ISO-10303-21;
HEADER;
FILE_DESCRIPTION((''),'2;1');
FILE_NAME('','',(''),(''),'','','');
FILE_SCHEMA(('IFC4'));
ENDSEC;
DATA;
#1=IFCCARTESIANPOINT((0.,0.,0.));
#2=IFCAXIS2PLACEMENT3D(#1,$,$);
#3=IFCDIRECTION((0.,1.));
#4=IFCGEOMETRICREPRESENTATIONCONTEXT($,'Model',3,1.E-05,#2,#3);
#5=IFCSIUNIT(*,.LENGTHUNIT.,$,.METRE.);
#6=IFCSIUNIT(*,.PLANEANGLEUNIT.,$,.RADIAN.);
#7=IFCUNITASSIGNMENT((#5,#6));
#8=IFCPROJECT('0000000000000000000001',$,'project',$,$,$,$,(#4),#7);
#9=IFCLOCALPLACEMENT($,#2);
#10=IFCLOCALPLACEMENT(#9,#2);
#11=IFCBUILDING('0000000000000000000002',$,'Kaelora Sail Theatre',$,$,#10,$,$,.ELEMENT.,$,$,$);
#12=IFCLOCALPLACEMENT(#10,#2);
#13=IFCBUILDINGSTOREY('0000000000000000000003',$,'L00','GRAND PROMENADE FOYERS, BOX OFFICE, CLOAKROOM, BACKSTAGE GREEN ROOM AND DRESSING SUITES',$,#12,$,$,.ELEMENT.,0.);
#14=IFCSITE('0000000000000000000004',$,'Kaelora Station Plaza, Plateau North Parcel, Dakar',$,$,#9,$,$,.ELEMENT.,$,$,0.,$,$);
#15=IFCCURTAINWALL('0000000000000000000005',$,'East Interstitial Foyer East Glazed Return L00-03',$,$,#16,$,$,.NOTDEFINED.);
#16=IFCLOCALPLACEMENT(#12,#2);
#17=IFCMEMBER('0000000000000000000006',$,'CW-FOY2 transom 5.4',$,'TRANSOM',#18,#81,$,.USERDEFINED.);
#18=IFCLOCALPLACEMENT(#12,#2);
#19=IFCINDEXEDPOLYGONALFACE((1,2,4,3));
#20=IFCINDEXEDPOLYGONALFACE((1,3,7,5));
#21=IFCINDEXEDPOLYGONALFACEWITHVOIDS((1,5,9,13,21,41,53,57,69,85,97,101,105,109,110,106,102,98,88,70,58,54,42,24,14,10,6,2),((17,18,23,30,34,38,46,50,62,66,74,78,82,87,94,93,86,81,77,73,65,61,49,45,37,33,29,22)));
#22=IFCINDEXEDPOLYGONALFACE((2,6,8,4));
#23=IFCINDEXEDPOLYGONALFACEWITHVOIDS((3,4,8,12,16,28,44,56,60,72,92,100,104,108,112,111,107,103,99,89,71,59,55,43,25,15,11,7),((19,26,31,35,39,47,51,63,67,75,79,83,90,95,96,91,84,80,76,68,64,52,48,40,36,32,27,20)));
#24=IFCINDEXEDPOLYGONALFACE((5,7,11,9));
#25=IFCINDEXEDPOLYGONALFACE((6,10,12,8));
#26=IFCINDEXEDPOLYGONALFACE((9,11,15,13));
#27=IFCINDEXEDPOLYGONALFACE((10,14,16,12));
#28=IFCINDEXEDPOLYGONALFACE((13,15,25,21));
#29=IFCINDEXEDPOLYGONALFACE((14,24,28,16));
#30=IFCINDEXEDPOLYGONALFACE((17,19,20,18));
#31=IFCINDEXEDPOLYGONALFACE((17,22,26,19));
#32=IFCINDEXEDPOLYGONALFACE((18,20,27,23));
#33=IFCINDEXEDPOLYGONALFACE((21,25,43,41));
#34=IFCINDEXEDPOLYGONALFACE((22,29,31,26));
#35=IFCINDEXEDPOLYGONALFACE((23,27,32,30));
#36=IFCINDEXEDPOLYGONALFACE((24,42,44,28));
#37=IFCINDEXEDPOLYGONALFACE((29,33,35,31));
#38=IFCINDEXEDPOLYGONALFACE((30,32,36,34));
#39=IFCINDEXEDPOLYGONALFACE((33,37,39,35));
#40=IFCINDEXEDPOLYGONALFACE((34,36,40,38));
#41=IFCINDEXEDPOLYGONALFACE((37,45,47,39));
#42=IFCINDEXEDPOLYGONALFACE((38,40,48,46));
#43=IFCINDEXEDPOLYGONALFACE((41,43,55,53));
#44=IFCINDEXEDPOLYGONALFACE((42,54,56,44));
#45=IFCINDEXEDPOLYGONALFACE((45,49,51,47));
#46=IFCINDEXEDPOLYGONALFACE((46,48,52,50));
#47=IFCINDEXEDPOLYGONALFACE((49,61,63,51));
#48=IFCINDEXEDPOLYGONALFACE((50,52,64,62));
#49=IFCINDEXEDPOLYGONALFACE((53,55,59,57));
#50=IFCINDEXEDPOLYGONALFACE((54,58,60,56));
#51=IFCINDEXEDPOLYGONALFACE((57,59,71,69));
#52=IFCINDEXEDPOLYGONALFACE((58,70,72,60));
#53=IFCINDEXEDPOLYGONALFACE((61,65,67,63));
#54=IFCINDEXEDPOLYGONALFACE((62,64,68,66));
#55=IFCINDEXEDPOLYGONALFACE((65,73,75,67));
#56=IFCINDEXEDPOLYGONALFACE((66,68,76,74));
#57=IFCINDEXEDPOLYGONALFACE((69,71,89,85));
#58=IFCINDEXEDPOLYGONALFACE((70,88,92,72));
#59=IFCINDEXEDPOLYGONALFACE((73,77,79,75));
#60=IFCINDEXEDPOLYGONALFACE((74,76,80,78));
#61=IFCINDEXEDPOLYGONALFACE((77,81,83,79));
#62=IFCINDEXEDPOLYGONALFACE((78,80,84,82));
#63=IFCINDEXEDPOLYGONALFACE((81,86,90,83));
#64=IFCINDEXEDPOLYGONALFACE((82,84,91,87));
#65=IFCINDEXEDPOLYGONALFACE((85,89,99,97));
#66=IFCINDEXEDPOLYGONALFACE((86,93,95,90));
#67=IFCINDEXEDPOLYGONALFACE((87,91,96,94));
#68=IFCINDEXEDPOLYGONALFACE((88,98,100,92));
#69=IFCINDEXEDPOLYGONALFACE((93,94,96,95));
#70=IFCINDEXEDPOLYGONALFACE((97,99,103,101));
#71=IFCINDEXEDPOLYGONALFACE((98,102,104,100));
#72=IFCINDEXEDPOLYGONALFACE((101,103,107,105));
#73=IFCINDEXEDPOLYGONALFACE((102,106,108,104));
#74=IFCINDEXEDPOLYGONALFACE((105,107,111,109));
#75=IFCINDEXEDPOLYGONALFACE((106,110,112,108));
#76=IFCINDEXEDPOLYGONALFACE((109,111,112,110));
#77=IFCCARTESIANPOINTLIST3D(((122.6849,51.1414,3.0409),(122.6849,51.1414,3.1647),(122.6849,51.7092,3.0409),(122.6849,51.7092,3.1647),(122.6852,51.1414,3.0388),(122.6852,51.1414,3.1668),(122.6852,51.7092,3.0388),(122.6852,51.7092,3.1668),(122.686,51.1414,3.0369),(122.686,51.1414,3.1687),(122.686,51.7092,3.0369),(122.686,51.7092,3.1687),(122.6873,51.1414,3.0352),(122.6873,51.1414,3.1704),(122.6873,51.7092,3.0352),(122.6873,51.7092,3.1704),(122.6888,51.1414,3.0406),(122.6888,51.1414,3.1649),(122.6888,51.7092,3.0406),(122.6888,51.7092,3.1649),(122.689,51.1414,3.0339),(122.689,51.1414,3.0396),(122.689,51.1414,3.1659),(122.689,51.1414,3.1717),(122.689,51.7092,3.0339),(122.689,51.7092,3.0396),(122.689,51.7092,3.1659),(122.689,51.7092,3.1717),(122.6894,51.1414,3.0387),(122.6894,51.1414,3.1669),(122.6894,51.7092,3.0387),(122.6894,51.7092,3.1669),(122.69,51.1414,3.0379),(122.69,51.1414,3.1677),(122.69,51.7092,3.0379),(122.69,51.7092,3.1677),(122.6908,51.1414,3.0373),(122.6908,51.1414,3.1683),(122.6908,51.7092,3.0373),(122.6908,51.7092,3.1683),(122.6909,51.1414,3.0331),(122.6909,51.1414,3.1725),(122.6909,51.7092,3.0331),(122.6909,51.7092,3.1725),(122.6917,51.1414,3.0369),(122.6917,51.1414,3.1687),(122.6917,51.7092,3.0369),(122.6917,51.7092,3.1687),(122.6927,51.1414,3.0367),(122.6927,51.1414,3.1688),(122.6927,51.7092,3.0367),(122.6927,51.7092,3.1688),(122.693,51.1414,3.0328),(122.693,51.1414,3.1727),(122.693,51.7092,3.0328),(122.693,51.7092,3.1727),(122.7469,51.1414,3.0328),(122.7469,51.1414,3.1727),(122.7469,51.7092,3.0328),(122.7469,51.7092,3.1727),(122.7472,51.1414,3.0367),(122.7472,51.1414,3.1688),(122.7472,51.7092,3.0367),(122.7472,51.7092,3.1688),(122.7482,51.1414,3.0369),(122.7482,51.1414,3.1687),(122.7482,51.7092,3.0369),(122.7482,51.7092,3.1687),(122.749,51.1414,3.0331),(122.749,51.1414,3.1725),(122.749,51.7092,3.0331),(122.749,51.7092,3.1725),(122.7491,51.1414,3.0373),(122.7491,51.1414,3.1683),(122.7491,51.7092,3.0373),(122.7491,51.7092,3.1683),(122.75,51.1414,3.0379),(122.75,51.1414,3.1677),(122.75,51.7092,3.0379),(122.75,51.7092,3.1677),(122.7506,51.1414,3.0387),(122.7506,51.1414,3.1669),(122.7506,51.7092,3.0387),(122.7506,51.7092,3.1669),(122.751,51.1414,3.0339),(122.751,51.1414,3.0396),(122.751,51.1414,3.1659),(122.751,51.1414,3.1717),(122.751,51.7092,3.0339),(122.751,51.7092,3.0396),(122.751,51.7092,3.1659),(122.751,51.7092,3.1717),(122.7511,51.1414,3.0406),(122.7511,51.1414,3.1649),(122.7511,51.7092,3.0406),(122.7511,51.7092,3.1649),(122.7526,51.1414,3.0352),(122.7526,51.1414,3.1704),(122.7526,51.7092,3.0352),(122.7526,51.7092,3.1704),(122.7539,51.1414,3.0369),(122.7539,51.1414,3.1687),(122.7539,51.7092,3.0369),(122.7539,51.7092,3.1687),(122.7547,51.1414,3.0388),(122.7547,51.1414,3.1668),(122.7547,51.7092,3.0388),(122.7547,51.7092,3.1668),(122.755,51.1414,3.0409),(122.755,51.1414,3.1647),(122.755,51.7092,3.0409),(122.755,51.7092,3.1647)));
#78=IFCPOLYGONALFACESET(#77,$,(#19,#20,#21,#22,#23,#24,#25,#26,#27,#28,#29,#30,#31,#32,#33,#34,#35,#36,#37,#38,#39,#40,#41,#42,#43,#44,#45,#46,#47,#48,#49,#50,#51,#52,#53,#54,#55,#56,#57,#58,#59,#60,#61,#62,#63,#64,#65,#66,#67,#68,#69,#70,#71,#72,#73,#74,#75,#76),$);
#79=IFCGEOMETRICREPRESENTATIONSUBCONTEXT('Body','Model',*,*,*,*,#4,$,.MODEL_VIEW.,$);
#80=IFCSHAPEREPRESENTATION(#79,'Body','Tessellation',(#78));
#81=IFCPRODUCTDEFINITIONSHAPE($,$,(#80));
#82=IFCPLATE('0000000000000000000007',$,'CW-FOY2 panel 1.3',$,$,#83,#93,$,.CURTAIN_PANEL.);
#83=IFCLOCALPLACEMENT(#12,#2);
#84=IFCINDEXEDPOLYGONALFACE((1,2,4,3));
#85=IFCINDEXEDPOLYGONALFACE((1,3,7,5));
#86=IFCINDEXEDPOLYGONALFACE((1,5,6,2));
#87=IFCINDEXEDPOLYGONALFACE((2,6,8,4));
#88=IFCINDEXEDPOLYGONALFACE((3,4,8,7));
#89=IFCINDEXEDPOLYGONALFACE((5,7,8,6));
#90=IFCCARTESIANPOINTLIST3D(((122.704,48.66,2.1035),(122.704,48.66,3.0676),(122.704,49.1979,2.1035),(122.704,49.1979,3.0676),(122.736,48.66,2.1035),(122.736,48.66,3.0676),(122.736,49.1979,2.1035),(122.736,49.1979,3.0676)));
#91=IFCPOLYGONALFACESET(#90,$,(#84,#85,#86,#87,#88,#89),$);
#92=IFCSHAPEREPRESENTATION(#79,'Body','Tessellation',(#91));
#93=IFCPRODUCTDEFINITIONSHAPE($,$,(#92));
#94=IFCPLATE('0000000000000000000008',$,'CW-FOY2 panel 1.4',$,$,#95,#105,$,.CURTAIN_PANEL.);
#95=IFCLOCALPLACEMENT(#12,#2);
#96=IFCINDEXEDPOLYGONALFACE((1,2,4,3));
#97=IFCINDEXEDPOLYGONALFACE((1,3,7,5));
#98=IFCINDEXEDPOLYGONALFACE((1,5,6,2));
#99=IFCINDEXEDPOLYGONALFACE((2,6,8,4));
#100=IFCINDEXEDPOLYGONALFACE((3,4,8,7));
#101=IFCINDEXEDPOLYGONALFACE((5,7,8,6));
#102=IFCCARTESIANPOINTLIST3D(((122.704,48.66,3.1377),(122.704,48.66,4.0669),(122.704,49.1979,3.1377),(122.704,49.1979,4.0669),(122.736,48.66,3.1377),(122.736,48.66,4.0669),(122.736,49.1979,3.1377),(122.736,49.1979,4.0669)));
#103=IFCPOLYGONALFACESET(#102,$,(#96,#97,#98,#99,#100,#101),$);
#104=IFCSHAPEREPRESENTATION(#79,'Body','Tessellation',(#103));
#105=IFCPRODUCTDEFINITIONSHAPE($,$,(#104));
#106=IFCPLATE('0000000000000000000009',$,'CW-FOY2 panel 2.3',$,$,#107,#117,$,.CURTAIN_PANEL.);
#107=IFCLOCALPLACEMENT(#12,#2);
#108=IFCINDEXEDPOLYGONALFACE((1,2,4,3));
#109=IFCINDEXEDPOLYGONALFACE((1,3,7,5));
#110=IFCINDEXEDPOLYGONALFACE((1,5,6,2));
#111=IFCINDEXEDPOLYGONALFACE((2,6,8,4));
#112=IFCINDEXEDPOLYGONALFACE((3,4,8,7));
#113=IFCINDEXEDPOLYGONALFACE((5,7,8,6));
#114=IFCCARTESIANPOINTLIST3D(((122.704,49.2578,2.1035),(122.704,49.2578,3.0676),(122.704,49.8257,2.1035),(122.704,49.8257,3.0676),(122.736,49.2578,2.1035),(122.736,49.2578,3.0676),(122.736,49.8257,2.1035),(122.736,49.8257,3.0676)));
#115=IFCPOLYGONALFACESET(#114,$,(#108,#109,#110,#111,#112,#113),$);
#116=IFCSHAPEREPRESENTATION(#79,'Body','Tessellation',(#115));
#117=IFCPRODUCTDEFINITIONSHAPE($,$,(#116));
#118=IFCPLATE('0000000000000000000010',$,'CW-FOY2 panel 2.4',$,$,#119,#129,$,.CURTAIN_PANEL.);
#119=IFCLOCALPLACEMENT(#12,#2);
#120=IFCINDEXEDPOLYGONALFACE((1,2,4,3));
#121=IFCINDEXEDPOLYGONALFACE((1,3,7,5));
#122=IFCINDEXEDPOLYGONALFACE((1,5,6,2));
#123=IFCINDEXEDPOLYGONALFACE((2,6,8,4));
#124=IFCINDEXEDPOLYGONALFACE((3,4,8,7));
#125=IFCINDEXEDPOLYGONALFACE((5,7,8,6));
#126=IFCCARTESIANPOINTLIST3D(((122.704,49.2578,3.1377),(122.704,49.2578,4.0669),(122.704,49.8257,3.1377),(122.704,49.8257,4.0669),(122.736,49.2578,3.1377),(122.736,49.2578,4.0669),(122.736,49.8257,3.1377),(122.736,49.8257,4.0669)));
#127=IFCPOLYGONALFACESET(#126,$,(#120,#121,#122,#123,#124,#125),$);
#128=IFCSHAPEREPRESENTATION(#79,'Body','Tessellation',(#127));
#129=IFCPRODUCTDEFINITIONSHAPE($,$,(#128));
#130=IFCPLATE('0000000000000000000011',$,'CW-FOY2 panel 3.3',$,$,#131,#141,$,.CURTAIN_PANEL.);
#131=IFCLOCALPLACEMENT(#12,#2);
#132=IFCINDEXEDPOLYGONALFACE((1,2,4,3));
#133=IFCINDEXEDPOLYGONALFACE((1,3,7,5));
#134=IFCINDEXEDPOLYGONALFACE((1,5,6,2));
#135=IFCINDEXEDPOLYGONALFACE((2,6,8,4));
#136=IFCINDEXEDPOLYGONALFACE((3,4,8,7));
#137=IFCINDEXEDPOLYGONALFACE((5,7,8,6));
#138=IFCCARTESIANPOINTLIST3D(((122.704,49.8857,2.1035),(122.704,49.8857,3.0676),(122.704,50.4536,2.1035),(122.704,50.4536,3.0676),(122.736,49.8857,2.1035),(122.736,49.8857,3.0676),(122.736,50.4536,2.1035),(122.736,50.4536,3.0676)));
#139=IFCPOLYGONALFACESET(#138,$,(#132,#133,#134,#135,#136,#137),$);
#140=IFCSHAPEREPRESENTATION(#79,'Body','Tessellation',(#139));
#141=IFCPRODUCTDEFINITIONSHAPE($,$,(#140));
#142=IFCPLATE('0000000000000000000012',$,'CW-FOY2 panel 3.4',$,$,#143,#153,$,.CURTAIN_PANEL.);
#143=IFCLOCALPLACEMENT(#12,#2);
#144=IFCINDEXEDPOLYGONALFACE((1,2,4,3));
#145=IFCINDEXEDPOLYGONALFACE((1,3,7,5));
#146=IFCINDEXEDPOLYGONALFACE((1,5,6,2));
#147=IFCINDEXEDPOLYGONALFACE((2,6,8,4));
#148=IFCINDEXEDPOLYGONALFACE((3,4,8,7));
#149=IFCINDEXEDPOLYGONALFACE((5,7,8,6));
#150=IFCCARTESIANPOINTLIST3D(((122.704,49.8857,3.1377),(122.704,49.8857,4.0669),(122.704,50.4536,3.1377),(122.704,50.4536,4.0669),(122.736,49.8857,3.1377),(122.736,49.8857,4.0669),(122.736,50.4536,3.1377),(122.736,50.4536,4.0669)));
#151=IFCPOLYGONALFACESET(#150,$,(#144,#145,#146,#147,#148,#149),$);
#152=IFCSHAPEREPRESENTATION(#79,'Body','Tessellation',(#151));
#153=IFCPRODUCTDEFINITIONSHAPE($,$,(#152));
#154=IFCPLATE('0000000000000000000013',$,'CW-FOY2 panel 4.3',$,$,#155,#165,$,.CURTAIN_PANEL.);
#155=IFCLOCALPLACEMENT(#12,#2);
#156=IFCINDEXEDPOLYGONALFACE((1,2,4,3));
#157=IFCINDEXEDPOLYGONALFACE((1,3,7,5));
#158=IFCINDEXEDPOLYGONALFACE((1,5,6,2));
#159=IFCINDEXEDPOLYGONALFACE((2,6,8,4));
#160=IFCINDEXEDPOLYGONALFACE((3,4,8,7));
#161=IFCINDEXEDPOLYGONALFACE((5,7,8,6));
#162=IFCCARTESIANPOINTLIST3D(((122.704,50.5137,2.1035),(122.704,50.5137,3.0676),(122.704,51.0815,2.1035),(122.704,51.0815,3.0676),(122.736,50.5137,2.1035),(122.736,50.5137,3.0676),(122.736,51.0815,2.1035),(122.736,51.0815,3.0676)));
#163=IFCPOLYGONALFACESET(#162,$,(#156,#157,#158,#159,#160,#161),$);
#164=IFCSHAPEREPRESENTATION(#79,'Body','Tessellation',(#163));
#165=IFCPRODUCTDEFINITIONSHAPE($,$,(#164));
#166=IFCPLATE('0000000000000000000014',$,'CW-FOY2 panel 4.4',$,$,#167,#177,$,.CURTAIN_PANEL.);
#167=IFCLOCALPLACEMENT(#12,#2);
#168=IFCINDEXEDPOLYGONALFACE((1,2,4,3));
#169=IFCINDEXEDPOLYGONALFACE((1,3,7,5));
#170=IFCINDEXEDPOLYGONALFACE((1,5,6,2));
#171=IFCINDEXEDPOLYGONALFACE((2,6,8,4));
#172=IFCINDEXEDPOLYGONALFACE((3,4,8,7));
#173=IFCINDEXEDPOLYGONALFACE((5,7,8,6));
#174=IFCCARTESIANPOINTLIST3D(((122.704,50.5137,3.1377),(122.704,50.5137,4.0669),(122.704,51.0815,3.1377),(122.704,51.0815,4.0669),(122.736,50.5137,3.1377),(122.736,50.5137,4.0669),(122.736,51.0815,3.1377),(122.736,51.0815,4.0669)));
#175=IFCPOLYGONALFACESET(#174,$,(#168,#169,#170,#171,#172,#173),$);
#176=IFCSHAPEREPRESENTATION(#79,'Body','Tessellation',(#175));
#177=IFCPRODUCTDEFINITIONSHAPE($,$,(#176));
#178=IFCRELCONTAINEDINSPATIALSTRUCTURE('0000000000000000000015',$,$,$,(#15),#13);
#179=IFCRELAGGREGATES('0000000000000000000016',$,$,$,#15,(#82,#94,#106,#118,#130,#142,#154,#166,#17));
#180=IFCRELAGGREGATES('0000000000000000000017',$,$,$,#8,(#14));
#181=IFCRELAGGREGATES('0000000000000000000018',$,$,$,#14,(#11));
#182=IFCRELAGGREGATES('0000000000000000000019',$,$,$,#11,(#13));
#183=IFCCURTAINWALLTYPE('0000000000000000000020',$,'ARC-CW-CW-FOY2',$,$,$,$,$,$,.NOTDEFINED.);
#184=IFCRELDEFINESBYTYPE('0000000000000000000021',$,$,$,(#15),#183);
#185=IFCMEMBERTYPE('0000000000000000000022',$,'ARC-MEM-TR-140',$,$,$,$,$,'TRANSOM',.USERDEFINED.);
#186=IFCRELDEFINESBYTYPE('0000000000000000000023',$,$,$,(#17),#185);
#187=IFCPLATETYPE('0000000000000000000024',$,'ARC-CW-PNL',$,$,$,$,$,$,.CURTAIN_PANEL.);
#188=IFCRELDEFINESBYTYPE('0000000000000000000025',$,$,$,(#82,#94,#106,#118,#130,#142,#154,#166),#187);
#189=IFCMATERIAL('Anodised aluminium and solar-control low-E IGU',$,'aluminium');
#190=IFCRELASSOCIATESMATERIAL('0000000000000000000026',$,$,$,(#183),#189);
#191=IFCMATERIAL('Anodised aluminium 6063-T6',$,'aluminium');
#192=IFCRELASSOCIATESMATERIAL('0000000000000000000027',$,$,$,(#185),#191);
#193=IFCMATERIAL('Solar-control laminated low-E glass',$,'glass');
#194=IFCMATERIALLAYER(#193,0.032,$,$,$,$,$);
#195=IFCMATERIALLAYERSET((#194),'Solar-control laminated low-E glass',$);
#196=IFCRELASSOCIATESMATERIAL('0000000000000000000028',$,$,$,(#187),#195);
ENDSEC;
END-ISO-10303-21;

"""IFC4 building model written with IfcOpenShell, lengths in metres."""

from ifc_helpers import new_model, si_unit, direction, frame, origin, origin_2d, place, context, subcontext, project, spatial, rectangle, hollow_rectangle, extrude, material, layer, layer_set, material_profile, profile_set, type_object, element, aggregate, save


model = new_model("IFC4")

# Units and contexts
model_context = context("Model", 3, precision=1e-05, world=origin(), true_north=direction((0.0, 1.0)))
body_context = subcontext(model_context, "Body", "Model", "MODEL_VIEW")
ifc_project = project(units=[si_unit("LENGTHUNIT", "METRE"), si_unit("PLANEANGLEUNIT", "RADIAN")], contexts=[model_context])

# Site, building, storey
site_placement = place(None, origin())
site = spatial("IfcSite", under=ifc_project, at=site_placement, Name="Kaelora Station Plaza, Plateau North Parcel, Dakar", CompositionType="ELEMENT", RefElevation=0.0)
building_placement = place(site_placement, origin())
building = spatial("IfcBuilding", under=site, at=building_placement, Name="Kaelora Sail Theatre", CompositionType="ELEMENT")
storey_placement = place(building_placement, origin())
storey = spatial("IfcBuildingStorey", under=building, at=storey_placement, Name="L00", Description="GRAND PROMENADE FOYERS, BOX OFFICE, CLOAKROOM, BACKSTAGE GREEN ROOM AND DRESSING SUITES", CompositionType="ELEMENT", Elevation=0.0)

# Curtain wall, member, plates
ifc_material_1 = material(Name="Anodised aluminium and solar-control low-E IGU", Category="aluminium")
curtain_wall_type = type_object("IfcCurtainWallType", Name="ARC-CW-CW-FOY2", PredefinedType="NOTDEFINED", material=ifc_material_1)
curtain_wall_placement = place(storey_placement, origin())
curtain_wall = element("IfcCurtainWall", 1, at=curtain_wall_placement, inside=storey, type_object=curtain_wall_type, Name="East Interstitial Foyer East Glazed Return L00-03", PredefinedType="NOTDEFINED")
ifc_material_2 = material(Name="Anodised aluminium 6063-T6", Category="aluminium")
ifc_material_profile = material_profile(ifc_material_2, hollow_rectangle(XDim=0.0701, YDim=0.1399, WallThickness=0.0039, InnerFilletRadius=0.0039, OuterFilletRadius=0.0081, at=origin_2d()), Name="ALU-TRAN 70x140x4")
ifc_profile_set = profile_set([ifc_material_profile], Name="Anodised aluminium 6063-T6")
member_type = type_object("IfcMemberType", Name="ARC-MEM-TR-140", ElementType="TRANSOM", PredefinedType="USERDEFINED", material=ifc_profile_set)
member_1_placement = place(storey_placement, frame((122.72, 51.1414, 3.1028), z_axis=(0.0, 1.0, 0.0), x_axis=(-1.0, 0.0, 0.0)))
member_1 = element("IfcMember", 2, at=member_1_placement, type_object=member_type, Name="CW-FOY2 transom 5.4", ObjectType="TRANSOM", PredefinedType="USERDEFINED", context=body_context, shape_type="SweptSolid", body=[
    extrude(hollow_rectangle(XDim=0.0701, YDim=0.1399, WallThickness=0.0039, InnerFilletRadius=0.0039, OuterFilletRadius=0.0081, at=origin_2d()), origin(), (0.0, 0.0, 1.0), 0.5679),
])
ifc_material_3 = material(Name="Solar-control laminated low-E glass", Category="glass")
ifc_layer = layer(ifc_material_3, 0.032)
ifc_layer_set = layer_set([ifc_layer], Name="Solar-control laminated low-E glass")
plate_type = type_object("IfcPlateType", Name="ARC-CW-PNL", PredefinedType="CURTAIN_PANEL", material=ifc_layer_set)
plate_1_placement = place(storey_placement, frame((122.72, 48.929, 2.1035), z_axis=(0.0, 0.0, 1.0), x_axis=(0.0, 1.0, 0.0)))
plate_1 = element("IfcPlate", 3, at=plate_1_placement, type_object=plate_type, Name="CW-FOY2 panel 1.3", PredefinedType="CURTAIN_PANEL", context=body_context, shape_type="SweptSolid", body=[
    extrude(rectangle(XDim=0.5378, YDim=0.032, at=origin_2d()), origin(), (0.0, 0.0, 1.0), 0.9641),
])
plate_2_placement = place(storey_placement, frame((122.72, 48.929, 3.1377), z_axis=(0.0, 0.0, 1.0), x_axis=(0.0, 1.0, 0.0)))
plate_2 = element("IfcPlate", 4, at=plate_2_placement, type_object=plate_type, Name="CW-FOY2 panel 1.4", PredefinedType="CURTAIN_PANEL", context=body_context, shape_type="SweptSolid", body=[
    extrude(rectangle(XDim=0.5378, YDim=0.032, at=origin_2d()), origin(), (0.0, 0.0, 1.0), 0.9292),
])
plate_3_placement = place(storey_placement, frame((122.72, 49.5417, 2.1035), z_axis=(0.0, 0.0, 1.0), x_axis=(0.0, 1.0, 0.0)))
plate_3 = element("IfcPlate", 5, at=plate_3_placement, type_object=plate_type, Name="CW-FOY2 panel 2.3", PredefinedType="CURTAIN_PANEL", context=body_context, shape_type="SweptSolid", body=[
    extrude(rectangle(XDim=0.5679, YDim=0.032, at=origin_2d()), origin(), (0.0, 0.0, 1.0), 0.9641),
])
plate_4_placement = place(storey_placement, frame((122.72, 49.5417, 3.1377), z_axis=(0.0, 0.0, 1.0), x_axis=(0.0, 1.0, 0.0)))
plate_4 = element("IfcPlate", 6, at=plate_4_placement, type_object=plate_type, Name="CW-FOY2 panel 2.4", PredefinedType="CURTAIN_PANEL", context=body_context, shape_type="SweptSolid", body=[
    extrude(rectangle(XDim=0.5679, YDim=0.032, at=origin_2d()), origin(), (0.0, 0.0, 1.0), 0.9292),
])
plate_5_placement = place(storey_placement, frame((122.72, 50.1697, 2.1035), z_axis=(0.0, 0.0, 1.0), x_axis=(0.0, 1.0, 0.0)))
plate_5 = element("IfcPlate", 7, at=plate_5_placement, type_object=plate_type, Name="CW-FOY2 panel 3.3", PredefinedType="CURTAIN_PANEL", context=body_context, shape_type="SweptSolid", body=[
    extrude(rectangle(XDim=0.5679, YDim=0.032, at=origin_2d()), origin(), (0.0, 0.0, 1.0), 0.9641),
])
plate_6_placement = place(storey_placement, frame((122.72, 50.1697, 3.1377), z_axis=(0.0, 0.0, 1.0), x_axis=(0.0, 1.0, 0.0)))
plate_6 = element("IfcPlate", 8, at=plate_6_placement, type_object=plate_type, Name="CW-FOY2 panel 3.4", PredefinedType="CURTAIN_PANEL", context=body_context, shape_type="SweptSolid", body=[
    extrude(rectangle(XDim=0.5679, YDim=0.032, at=origin_2d()), origin(), (0.0, 0.0, 1.0), 0.9292),
])
plate_7_placement = place(storey_placement, frame((122.72, 50.7976, 2.1035), z_axis=(0.0, 0.0, 1.0), x_axis=(0.0, 1.0, 0.0)))
plate_7 = element("IfcPlate", 9, at=plate_7_placement, type_object=plate_type, Name="CW-FOY2 panel 4.3", PredefinedType="CURTAIN_PANEL", context=body_context, shape_type="SweptSolid", body=[
    extrude(rectangle(XDim=0.5679, YDim=0.032, at=origin_2d()), origin(), (0.0, 0.0, 1.0), 0.9641),
])
plate_8_placement = place(storey_placement, frame((122.72, 50.7976, 3.1377), z_axis=(0.0, 0.0, 1.0), x_axis=(0.0, 1.0, 0.0)))
plate_8 = element("IfcPlate", 10, at=plate_8_placement, type_object=plate_type, Name="CW-FOY2 panel 4.4", PredefinedType="CURTAIN_PANEL", context=body_context, shape_type="SweptSolid", body=[
    extrude(rectangle(XDim=0.5679, YDim=0.032, at=origin_2d()), origin(), (0.0, 0.0, 1.0), 0.9292),
])
aggregate(curtain_wall, [plate_1, plate_2, plate_3, plate_4, plate_5, plate_6, plate_7, plate_8, member_1])

save(model, "model.ifc")
